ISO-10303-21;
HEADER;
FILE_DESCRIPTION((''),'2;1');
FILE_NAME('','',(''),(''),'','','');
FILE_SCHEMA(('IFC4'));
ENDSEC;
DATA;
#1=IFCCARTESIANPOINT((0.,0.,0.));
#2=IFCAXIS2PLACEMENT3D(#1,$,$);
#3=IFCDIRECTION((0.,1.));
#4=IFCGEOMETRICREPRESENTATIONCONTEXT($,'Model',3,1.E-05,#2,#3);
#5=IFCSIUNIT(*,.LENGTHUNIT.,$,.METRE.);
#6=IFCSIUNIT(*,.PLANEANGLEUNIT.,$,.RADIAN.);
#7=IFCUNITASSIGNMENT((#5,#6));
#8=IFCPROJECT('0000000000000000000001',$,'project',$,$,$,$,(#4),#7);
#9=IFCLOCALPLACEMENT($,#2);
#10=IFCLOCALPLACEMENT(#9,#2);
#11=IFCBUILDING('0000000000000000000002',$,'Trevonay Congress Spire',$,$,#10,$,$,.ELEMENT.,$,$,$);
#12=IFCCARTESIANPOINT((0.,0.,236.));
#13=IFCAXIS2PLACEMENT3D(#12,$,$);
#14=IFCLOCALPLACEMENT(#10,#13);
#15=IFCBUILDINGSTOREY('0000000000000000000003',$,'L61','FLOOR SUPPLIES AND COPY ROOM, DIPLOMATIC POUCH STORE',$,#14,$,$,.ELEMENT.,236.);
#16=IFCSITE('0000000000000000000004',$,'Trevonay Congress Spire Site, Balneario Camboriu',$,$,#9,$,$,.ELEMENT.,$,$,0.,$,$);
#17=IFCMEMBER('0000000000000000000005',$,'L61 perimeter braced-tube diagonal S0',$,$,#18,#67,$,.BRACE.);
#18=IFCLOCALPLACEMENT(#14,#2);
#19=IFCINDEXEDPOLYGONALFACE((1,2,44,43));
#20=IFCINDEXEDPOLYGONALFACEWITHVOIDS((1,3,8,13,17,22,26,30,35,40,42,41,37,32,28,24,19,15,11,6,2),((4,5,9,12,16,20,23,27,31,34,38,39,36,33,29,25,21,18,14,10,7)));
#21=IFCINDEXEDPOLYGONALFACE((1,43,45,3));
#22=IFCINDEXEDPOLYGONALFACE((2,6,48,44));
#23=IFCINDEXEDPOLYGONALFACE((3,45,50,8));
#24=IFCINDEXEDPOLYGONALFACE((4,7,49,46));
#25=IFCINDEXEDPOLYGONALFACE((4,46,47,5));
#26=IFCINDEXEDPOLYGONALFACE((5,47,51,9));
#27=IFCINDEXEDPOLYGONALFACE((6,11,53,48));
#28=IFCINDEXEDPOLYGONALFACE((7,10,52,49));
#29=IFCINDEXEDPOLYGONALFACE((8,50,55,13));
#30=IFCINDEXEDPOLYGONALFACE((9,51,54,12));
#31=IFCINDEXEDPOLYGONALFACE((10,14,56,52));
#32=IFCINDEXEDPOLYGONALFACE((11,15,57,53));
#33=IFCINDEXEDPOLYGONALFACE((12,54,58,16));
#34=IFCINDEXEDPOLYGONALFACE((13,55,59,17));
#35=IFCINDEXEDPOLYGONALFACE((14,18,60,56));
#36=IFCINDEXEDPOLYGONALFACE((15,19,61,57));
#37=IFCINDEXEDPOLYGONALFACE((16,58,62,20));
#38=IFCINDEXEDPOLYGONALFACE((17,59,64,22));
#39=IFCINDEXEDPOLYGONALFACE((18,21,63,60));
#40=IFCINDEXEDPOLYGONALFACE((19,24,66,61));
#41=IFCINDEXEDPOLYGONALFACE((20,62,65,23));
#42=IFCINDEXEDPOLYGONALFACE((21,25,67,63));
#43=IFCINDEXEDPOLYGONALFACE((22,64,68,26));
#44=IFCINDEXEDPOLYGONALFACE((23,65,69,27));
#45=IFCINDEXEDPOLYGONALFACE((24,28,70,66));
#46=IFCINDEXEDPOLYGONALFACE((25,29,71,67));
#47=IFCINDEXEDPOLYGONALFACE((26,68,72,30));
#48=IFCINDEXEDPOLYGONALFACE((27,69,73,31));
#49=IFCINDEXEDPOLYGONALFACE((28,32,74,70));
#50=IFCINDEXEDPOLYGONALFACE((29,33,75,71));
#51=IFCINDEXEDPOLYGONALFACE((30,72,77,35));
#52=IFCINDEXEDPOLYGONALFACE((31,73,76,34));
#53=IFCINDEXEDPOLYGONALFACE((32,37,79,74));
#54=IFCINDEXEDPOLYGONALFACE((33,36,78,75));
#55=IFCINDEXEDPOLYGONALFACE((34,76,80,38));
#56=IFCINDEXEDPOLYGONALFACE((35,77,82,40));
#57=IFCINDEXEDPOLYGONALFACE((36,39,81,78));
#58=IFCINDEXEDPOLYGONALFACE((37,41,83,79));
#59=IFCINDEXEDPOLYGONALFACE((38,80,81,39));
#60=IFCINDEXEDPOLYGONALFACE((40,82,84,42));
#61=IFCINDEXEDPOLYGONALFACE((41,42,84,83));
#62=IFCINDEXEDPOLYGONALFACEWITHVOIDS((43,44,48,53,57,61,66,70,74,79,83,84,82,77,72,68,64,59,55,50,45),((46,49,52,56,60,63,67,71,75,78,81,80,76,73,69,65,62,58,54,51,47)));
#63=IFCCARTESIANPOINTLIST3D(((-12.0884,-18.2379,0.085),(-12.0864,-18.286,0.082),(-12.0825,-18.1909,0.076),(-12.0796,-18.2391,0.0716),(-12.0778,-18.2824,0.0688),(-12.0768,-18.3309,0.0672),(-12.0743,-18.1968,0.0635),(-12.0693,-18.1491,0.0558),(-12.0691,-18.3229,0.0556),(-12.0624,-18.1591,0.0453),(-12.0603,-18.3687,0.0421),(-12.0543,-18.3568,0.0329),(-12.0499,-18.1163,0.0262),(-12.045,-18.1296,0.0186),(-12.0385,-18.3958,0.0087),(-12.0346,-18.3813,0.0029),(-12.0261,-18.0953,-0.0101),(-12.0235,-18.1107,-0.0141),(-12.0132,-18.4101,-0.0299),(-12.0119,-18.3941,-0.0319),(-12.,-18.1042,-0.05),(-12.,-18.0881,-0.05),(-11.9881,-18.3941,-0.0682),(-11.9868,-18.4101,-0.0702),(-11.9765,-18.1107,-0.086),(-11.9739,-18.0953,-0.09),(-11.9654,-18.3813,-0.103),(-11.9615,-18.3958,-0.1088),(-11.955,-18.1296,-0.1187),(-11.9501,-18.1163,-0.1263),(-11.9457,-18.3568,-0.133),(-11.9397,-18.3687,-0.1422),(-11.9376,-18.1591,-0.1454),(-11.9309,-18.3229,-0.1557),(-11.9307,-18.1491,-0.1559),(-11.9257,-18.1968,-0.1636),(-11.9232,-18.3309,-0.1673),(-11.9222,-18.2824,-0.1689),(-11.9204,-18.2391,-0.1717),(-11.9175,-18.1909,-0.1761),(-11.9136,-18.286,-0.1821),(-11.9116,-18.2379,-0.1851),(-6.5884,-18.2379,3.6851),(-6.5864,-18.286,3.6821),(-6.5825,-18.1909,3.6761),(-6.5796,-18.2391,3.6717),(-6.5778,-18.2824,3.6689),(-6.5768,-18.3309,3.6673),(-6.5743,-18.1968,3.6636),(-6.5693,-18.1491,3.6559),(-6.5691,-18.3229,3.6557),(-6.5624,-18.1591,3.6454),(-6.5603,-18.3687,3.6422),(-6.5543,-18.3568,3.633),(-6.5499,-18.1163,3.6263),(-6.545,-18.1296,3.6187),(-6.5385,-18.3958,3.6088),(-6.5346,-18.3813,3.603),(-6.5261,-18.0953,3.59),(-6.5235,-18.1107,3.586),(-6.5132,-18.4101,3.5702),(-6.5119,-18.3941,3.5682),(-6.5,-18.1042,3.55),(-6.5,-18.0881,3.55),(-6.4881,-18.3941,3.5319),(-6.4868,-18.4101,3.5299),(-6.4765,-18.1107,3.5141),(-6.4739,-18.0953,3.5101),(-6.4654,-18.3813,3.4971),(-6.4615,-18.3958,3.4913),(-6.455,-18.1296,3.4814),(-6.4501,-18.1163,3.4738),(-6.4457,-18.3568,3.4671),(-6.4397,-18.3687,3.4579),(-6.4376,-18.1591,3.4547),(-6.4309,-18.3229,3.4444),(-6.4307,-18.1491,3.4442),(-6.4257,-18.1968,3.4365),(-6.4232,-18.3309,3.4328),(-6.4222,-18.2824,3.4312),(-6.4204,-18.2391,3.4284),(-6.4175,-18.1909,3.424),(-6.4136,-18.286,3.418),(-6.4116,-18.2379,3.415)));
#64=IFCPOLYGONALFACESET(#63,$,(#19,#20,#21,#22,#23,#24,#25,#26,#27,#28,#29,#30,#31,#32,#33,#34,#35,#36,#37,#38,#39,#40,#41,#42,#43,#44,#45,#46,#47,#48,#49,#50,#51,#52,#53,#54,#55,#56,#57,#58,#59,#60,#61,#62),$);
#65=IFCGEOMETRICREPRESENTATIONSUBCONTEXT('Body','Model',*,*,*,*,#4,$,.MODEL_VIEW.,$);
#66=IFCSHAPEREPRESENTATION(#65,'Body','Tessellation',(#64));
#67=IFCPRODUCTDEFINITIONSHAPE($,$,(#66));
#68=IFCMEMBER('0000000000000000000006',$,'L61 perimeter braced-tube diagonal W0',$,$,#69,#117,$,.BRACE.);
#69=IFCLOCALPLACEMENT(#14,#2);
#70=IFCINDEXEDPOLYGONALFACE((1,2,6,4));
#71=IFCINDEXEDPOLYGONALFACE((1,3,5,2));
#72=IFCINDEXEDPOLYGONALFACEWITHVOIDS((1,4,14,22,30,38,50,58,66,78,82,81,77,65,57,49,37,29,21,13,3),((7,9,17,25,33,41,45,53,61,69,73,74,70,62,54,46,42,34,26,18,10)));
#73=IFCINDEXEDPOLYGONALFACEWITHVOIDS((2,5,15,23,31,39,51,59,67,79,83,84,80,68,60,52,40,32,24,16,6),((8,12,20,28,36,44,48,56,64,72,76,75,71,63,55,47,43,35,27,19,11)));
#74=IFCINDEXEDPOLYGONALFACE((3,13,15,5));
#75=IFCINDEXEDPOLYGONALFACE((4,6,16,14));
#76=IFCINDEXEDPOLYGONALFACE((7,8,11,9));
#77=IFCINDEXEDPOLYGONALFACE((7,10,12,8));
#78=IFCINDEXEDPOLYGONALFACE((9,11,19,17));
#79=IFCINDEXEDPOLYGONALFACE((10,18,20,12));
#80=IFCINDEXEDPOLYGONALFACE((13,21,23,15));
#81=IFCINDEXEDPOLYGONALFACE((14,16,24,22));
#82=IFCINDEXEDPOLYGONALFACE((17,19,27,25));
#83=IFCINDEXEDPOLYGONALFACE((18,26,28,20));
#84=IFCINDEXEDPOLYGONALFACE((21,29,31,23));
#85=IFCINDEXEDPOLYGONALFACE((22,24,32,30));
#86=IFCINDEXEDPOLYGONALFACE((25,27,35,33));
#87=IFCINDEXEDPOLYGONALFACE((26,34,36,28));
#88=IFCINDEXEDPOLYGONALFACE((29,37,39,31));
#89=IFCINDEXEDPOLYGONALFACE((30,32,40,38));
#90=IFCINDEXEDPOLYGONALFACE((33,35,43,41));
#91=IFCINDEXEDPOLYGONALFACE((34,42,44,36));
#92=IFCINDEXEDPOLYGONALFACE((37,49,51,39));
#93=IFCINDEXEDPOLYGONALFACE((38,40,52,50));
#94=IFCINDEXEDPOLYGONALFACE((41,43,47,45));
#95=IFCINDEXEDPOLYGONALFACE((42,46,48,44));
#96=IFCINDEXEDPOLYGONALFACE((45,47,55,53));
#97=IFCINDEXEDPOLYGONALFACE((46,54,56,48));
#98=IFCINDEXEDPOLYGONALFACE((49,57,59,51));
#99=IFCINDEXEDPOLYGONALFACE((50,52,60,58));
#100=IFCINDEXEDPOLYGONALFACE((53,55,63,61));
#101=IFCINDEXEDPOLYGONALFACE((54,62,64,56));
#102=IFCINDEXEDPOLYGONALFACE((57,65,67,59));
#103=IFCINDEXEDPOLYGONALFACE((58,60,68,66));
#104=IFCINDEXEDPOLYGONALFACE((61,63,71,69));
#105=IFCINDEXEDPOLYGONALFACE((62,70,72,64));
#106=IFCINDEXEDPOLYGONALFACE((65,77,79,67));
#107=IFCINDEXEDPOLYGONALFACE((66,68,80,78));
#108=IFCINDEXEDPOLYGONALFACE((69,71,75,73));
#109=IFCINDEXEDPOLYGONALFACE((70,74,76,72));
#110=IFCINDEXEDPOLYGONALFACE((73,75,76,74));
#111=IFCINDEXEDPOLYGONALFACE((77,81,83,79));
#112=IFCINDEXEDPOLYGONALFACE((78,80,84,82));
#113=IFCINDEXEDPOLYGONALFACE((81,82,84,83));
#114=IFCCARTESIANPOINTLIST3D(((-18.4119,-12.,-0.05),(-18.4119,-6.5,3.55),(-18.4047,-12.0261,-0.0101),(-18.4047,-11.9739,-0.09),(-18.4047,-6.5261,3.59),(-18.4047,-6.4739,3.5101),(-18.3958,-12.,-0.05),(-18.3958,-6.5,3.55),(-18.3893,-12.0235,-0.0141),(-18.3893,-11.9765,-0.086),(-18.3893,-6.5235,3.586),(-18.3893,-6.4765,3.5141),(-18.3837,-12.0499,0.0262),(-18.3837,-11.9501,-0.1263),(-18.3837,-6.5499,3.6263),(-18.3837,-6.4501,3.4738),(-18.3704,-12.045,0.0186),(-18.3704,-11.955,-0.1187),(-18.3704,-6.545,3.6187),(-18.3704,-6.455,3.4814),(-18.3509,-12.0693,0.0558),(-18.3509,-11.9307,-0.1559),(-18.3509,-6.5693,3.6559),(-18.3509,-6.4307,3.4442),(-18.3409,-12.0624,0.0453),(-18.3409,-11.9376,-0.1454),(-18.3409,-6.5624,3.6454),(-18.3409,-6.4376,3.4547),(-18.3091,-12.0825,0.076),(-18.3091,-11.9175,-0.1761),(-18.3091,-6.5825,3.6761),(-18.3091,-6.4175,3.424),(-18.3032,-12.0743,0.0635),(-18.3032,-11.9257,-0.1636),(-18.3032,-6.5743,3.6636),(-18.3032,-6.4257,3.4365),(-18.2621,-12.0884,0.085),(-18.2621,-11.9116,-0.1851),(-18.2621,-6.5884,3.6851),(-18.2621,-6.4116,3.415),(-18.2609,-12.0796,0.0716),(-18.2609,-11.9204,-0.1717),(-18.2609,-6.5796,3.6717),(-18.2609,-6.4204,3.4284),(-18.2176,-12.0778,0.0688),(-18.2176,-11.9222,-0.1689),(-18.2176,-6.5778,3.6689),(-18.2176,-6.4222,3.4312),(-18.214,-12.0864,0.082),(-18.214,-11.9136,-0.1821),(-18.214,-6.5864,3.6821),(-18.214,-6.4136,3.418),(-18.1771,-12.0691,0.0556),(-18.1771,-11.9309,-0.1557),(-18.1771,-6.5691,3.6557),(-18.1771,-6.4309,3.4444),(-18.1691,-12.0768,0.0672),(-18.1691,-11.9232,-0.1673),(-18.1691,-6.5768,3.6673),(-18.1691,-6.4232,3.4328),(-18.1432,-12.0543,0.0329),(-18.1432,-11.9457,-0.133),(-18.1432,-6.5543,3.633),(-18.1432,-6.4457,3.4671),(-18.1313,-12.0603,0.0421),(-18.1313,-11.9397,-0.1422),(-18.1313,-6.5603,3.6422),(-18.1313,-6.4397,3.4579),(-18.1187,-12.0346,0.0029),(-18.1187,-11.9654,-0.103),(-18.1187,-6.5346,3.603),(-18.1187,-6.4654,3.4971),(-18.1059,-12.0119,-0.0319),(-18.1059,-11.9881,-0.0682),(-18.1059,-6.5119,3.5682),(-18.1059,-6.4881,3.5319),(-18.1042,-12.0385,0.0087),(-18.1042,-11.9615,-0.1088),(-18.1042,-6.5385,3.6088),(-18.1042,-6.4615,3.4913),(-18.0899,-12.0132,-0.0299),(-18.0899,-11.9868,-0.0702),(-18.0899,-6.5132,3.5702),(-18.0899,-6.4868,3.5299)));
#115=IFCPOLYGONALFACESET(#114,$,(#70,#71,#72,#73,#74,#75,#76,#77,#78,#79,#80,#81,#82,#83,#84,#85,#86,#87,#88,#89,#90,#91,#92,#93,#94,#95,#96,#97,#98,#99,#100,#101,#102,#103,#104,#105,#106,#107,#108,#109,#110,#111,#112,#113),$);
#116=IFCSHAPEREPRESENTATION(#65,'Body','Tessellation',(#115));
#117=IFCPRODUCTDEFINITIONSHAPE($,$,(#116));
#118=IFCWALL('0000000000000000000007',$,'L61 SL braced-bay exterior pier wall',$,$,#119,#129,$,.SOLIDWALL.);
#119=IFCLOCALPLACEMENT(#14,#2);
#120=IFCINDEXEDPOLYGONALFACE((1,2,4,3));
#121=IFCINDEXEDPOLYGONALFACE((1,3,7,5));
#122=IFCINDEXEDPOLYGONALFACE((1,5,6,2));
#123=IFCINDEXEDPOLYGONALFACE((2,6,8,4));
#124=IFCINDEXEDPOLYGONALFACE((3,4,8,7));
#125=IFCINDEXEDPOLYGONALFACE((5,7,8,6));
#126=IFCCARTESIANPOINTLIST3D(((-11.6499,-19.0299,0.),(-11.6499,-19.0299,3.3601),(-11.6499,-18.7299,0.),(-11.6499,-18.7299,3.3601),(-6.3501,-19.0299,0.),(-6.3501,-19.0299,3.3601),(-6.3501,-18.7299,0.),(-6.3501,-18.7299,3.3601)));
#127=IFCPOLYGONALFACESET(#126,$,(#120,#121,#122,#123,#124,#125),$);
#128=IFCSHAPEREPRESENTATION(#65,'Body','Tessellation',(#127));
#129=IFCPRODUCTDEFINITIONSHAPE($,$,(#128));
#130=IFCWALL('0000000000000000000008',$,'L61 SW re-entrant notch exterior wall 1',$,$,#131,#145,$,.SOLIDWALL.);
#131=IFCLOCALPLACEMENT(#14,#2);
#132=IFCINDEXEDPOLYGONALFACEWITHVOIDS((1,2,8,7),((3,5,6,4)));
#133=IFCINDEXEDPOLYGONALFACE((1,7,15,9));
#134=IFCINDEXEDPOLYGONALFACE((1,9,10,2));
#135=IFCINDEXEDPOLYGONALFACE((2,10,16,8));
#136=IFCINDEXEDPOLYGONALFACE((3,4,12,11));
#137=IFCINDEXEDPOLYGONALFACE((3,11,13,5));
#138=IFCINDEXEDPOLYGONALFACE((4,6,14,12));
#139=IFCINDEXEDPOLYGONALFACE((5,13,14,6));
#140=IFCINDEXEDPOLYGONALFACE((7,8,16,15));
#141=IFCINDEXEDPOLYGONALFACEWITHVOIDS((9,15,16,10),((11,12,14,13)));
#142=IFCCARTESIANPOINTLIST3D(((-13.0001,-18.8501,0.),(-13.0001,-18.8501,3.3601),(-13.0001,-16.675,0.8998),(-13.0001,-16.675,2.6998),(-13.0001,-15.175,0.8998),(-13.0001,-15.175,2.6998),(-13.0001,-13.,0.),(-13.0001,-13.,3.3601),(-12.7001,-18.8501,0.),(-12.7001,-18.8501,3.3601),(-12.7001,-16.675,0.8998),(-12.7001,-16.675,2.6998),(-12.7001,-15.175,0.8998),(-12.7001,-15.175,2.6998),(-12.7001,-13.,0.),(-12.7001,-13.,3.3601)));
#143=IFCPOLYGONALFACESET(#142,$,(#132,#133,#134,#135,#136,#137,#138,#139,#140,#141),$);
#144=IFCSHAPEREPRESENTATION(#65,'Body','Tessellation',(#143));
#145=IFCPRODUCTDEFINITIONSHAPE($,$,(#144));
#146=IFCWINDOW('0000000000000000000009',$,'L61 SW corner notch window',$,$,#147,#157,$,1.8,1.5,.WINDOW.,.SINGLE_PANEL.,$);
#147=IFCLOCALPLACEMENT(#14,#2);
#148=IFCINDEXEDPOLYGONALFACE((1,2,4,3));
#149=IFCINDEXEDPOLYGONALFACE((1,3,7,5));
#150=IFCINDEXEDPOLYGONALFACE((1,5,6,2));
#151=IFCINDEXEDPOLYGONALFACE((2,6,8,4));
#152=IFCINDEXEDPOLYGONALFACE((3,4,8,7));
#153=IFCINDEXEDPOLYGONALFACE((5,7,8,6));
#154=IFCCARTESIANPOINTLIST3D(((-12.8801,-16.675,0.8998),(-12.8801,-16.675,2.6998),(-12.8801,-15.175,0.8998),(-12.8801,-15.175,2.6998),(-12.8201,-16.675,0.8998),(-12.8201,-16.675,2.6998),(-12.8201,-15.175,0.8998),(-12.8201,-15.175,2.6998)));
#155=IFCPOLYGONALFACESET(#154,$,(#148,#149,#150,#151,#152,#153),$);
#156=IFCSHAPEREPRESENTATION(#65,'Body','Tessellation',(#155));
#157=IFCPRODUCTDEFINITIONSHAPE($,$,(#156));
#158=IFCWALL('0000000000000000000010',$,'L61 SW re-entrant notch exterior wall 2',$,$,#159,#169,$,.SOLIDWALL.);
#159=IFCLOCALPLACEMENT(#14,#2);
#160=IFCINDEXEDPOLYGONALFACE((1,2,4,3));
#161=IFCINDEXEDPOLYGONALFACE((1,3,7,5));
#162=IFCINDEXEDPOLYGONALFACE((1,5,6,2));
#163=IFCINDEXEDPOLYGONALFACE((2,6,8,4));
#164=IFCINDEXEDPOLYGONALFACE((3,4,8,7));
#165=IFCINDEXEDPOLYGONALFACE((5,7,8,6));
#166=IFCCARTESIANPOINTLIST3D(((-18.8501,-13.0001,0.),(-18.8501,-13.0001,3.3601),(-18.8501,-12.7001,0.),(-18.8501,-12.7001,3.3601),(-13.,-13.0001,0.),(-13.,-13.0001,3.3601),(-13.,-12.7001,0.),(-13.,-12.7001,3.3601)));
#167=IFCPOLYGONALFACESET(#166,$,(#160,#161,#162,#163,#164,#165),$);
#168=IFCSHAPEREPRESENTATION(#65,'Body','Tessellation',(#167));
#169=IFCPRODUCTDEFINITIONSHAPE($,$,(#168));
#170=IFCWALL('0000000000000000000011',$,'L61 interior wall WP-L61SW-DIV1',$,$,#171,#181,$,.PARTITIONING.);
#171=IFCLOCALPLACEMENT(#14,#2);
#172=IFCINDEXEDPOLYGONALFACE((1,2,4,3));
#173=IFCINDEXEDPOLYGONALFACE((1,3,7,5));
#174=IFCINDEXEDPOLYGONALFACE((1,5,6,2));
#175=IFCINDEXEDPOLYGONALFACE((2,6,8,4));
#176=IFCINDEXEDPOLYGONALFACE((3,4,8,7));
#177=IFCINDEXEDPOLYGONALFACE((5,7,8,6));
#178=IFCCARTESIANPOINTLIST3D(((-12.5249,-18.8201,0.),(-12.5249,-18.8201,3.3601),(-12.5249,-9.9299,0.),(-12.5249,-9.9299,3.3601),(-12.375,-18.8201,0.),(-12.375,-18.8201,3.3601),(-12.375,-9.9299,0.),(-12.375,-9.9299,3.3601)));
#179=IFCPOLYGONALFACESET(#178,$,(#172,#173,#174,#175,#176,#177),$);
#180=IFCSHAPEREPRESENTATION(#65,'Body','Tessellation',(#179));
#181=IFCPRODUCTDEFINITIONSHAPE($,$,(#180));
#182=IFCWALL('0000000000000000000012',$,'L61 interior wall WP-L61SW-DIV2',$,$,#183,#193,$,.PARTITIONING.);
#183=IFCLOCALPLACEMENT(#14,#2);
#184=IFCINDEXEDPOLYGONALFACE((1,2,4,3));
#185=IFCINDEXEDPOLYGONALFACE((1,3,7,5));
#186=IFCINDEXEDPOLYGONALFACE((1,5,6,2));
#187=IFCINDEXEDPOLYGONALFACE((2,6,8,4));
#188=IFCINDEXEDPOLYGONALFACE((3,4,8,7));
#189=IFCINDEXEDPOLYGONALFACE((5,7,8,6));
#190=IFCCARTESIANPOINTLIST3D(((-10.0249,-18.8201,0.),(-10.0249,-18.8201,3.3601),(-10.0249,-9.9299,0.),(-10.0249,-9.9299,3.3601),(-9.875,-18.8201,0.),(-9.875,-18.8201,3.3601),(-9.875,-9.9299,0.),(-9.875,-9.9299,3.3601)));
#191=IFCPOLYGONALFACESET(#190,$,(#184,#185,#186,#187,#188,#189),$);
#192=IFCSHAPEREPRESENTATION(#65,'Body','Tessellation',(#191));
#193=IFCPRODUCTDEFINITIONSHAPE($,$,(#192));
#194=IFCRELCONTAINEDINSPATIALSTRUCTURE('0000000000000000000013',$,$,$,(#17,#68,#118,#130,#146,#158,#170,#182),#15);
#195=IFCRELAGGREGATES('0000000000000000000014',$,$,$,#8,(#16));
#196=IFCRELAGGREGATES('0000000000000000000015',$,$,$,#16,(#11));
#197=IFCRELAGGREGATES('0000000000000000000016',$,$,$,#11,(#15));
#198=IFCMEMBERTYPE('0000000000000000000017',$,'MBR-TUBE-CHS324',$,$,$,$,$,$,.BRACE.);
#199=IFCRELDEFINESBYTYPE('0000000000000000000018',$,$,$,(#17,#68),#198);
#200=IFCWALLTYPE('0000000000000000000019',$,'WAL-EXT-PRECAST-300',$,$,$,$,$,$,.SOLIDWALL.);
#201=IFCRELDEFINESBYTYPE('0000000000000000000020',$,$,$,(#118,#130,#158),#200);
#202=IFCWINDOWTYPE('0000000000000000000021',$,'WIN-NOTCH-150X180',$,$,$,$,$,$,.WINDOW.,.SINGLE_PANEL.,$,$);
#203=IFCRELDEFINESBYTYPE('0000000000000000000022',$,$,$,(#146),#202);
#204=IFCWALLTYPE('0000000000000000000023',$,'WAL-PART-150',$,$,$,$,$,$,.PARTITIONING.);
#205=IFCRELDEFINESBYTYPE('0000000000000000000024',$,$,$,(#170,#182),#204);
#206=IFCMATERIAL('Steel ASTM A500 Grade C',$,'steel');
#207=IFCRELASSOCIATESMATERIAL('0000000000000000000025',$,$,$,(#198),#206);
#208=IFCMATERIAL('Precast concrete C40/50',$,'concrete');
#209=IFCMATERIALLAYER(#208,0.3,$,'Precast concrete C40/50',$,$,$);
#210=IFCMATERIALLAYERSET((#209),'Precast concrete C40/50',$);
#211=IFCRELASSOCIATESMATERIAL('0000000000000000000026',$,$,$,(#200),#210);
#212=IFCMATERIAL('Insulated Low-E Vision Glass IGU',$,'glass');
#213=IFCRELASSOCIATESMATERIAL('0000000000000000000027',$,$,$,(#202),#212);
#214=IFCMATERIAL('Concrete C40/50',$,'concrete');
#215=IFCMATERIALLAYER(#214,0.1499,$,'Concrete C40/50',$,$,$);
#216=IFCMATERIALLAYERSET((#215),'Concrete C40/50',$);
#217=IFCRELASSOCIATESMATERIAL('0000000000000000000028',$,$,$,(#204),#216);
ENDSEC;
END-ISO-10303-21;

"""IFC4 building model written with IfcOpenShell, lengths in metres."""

from ifc_helpers import new_model, si_unit, direction, frame, frame_2d, origin, origin_2d, place, context, subcontext, project, spatial, rectangle, hollow_circle, extrude, material, layer, layer_set, material_profile, profile_set, type_object, element, fill, save


model = new_model("IFC4")

# Units and contexts
model_context = context("Model", 3, precision=1e-05, world=origin(), true_north=direction((0.0, 1.0)))
body_context = subcontext(model_context, "Body", "Model", "MODEL_VIEW")
ifc_project = project(units=[si_unit("LENGTHUNIT", "METRE"), si_unit("PLANEANGLEUNIT", "RADIAN")], contexts=[model_context])

# Site, building, storey
site_placement = place(None, origin())
site = spatial("IfcSite", under=ifc_project, at=site_placement, Name="Trevonay Congress Spire Site, Balneario Camboriu", CompositionType="ELEMENT", RefElevation=0.0)
building_placement = place(site_placement, origin())
building = spatial("IfcBuilding", under=site, at=building_placement, Name="Trevonay Congress Spire", CompositionType="ELEMENT")
storey_placement = place(building_placement, frame((0.0, 0.0, 236.0)))
storey = spatial("IfcBuildingStorey", under=building, at=storey_placement, Name="L61", Description="FLOOR SUPPLIES AND COPY ROOM, DIPLOMATIC POUCH STORE", CompositionType="ELEMENT", Elevation=236.0)

# Members
ifc_material_1 = material(Name="Steel ASTM A500 Grade C", Category="steel")
ifc_material_profile_1 = material_profile(ifc_material_1, hollow_circle(Radius=0.1619, WallThickness=0.0161, at=origin_2d()), Name="CHS 323.9x16")
ifc_profile_set_1 = profile_set([ifc_material_profile_1], Name="Steel ASTM A500 Grade C")
member_type = type_object("IfcMemberType", Name="MBR-TUBE-CHS324", PredefinedType="BRACE", material=ifc_profile_set_1)
for number, where, z_axis, x_axis, name in (
    (1, (-12.0, -18.25, -0.05), (0.836695, 0.0, 0.54767), (0.0, 1.0, 0.0), "L61 perimeter braced-tube diagonal S0"),
    (2, (-18.25, -12.0, -0.05), (0.0, 0.836695, 0.54767), (-1.0, 0.0, 0.0), "L61 perimeter braced-tube diagonal W0"),
):
    element("IfcMember", number, at=place(storey_placement, frame(where, z_axis=z_axis, x_axis=x_axis)), inside=storey, type_object=member_type, Name=name, PredefinedType="BRACE", context=body_context, shape_type="SweptSolid", body=[
        extrude(hollow_circle(Radius=0.1619, WallThickness=0.0161, at=origin_2d()), origin(), (0.0, 0.0, 1.0), 6.5735),
    ])

# Wall
ifc_material_2 = material(Name="Precast concrete C40/50", Category="concrete")
ifc_layer_1 = layer(ifc_material_2, 0.3, Name="Precast concrete C40/50")
ifc_layer_set_1 = layer_set([ifc_layer_1], Name="Precast concrete C40/50")
wall_type_1 = type_object("IfcWallType", Name="WAL-EXT-PRECAST-300", PredefinedType="SOLIDWALL", material=ifc_layer_set_1)
wall_1_placement = place(storey_placement, frame((-11.6499, -18.8799, 0.0), z_axis=(0.0, 0.0, 1.0), x_axis=(1.0, 0.0, 0.0)))
element("IfcWall", 3, at=wall_1_placement, inside=storey, type_object=wall_type_1, Name="L61 SL braced-bay exterior pier wall", PredefinedType="SOLIDWALL", context=body_context, shape_type="SweptSolid", body=[
    extrude(rectangle(XDim=5.2998, YDim=0.3, at=frame_2d((2.6499, 0.0))), origin(), (0.0, 0.0, 1.0), 3.3601),
])

# Wall, opening, window
wall_2_placement = place(storey_placement, frame((-12.8501, -18.8501, 0.0), z_axis=(0.0, 0.0, 1.0), x_axis=(0.0, 1.0, 0.0)))
wall_2 = element("IfcWall", 4, at=wall_2_placement, inside=storey, type_object=wall_type_1, Name="L61 SW re-entrant notch exterior wall 1", PredefinedType="SOLIDWALL", context=body_context, shape_type="SweptSolid", body=[
    extrude(rectangle(XDim=5.8501, YDim=0.3, at=frame_2d((2.925, 0.0))), origin(), (0.0, 0.0, 1.0), 3.3601),
])
opening_placement = place(wall_2_placement, frame((2.175, 0.0, 0.8999)))
opening = element("IfcOpeningElement", 5, at=opening_placement, cuts=wall_2, PredefinedType="OPENING", context=body_context, shape_type="SweptSolid", body=[
    extrude(rectangle(XDim=1.5, YDim=1.8, at=frame_2d((0.75, 0.8999))), frame((0.0, 0.1602, 0.0), z_axis=(0.0, -1.0, 0.0), x_axis=(1.0, 0.0, 0.0)), (0.0, 0.0, 1.0), 0.3201),
])
ifc_material_3 = material(Name="Insulated Low-E Vision Glass IGU", Category="glass")
window_type = type_object("IfcWindowType", Name="WIN-NOTCH-150X180", PartitioningType="SINGLE_PANEL", PredefinedType="WINDOW", material=ifc_material_3)
window_placement = place(opening_placement, origin())
window = element("IfcWindow", 6, at=window_placement, inside=storey, type_object=window_type, Name="L61 SW corner notch window", OverallHeight=1.8, OverallWidth=1.5, PartitioningType="SINGLE_PANEL", PredefinedType="WINDOW", context=body_context, shape_type="SweptSolid", body=[
    extrude(rectangle(XDim=1.5, YDim=1.8, at=frame_2d((0.75, 0.8999))), frame((0.0, 0.03, 0.0), z_axis=(0.0, -1.0, 0.0), x_axis=(1.0, 0.0, 0.0)), (0.0, 0.0, 1.0), 0.0601),
])
fill(opening, window)

# Walls
wall_3_placement = place(storey_placement, frame((-18.8501, -12.8501, 0.0), z_axis=(0.0, 0.0, 1.0), x_axis=(1.0, 0.0, 0.0)))
element("IfcWall", 7, at=wall_3_placement, inside=storey, type_object=wall_type_1, Name="L61 SW re-entrant notch exterior wall 2", PredefinedType="SOLIDWALL", context=body_context, shape_type="SweptSolid", body=[
    extrude(rectangle(XDim=5.8501, YDim=0.3, at=frame_2d((2.925, 0.0))), origin(), (0.0, 0.0, 1.0), 3.3601),
])
ifc_material_4 = material(Name="Concrete C40/50", Category="concrete")
ifc_layer_2 = layer(ifc_material_4, 0.1499, Name="Concrete C40/50")
ifc_layer_set_2 = layer_set([ifc_layer_2], Name="Concrete C40/50")
wall_type_2 = type_object("IfcWallType", Name="WAL-PART-150", PredefinedType="PARTITIONING", material=ifc_layer_set_2)
for number, where, z_axis, x_axis, name in (
    (8, (-12.45, -18.8201, 0.0), (0.0, 0.0, 1.0), (0.0, 1.0, 0.0), "L61 interior wall WP-L61SW-DIV1"),
    (9, (-9.95, -18.8201, 0.0), (0.0, 0.0, 1.0), (0.0, 1.0, 0.0), "L61 interior wall WP-L61SW-DIV2"),
):
    element("IfcWall", number, at=place(storey_placement, frame(where, z_axis=z_axis, x_axis=x_axis)), inside=storey, type_object=wall_type_2, Name=name, PredefinedType="PARTITIONING", context=body_context, shape_type="SweptSolid", body=[
        extrude(rectangle(XDim=8.8901, YDim=0.1499, at=frame_2d((4.4451, 0.0))), origin(), (0.0, 0.0, 1.0), 3.3601),
    ])

save(model, "model.ifc")
